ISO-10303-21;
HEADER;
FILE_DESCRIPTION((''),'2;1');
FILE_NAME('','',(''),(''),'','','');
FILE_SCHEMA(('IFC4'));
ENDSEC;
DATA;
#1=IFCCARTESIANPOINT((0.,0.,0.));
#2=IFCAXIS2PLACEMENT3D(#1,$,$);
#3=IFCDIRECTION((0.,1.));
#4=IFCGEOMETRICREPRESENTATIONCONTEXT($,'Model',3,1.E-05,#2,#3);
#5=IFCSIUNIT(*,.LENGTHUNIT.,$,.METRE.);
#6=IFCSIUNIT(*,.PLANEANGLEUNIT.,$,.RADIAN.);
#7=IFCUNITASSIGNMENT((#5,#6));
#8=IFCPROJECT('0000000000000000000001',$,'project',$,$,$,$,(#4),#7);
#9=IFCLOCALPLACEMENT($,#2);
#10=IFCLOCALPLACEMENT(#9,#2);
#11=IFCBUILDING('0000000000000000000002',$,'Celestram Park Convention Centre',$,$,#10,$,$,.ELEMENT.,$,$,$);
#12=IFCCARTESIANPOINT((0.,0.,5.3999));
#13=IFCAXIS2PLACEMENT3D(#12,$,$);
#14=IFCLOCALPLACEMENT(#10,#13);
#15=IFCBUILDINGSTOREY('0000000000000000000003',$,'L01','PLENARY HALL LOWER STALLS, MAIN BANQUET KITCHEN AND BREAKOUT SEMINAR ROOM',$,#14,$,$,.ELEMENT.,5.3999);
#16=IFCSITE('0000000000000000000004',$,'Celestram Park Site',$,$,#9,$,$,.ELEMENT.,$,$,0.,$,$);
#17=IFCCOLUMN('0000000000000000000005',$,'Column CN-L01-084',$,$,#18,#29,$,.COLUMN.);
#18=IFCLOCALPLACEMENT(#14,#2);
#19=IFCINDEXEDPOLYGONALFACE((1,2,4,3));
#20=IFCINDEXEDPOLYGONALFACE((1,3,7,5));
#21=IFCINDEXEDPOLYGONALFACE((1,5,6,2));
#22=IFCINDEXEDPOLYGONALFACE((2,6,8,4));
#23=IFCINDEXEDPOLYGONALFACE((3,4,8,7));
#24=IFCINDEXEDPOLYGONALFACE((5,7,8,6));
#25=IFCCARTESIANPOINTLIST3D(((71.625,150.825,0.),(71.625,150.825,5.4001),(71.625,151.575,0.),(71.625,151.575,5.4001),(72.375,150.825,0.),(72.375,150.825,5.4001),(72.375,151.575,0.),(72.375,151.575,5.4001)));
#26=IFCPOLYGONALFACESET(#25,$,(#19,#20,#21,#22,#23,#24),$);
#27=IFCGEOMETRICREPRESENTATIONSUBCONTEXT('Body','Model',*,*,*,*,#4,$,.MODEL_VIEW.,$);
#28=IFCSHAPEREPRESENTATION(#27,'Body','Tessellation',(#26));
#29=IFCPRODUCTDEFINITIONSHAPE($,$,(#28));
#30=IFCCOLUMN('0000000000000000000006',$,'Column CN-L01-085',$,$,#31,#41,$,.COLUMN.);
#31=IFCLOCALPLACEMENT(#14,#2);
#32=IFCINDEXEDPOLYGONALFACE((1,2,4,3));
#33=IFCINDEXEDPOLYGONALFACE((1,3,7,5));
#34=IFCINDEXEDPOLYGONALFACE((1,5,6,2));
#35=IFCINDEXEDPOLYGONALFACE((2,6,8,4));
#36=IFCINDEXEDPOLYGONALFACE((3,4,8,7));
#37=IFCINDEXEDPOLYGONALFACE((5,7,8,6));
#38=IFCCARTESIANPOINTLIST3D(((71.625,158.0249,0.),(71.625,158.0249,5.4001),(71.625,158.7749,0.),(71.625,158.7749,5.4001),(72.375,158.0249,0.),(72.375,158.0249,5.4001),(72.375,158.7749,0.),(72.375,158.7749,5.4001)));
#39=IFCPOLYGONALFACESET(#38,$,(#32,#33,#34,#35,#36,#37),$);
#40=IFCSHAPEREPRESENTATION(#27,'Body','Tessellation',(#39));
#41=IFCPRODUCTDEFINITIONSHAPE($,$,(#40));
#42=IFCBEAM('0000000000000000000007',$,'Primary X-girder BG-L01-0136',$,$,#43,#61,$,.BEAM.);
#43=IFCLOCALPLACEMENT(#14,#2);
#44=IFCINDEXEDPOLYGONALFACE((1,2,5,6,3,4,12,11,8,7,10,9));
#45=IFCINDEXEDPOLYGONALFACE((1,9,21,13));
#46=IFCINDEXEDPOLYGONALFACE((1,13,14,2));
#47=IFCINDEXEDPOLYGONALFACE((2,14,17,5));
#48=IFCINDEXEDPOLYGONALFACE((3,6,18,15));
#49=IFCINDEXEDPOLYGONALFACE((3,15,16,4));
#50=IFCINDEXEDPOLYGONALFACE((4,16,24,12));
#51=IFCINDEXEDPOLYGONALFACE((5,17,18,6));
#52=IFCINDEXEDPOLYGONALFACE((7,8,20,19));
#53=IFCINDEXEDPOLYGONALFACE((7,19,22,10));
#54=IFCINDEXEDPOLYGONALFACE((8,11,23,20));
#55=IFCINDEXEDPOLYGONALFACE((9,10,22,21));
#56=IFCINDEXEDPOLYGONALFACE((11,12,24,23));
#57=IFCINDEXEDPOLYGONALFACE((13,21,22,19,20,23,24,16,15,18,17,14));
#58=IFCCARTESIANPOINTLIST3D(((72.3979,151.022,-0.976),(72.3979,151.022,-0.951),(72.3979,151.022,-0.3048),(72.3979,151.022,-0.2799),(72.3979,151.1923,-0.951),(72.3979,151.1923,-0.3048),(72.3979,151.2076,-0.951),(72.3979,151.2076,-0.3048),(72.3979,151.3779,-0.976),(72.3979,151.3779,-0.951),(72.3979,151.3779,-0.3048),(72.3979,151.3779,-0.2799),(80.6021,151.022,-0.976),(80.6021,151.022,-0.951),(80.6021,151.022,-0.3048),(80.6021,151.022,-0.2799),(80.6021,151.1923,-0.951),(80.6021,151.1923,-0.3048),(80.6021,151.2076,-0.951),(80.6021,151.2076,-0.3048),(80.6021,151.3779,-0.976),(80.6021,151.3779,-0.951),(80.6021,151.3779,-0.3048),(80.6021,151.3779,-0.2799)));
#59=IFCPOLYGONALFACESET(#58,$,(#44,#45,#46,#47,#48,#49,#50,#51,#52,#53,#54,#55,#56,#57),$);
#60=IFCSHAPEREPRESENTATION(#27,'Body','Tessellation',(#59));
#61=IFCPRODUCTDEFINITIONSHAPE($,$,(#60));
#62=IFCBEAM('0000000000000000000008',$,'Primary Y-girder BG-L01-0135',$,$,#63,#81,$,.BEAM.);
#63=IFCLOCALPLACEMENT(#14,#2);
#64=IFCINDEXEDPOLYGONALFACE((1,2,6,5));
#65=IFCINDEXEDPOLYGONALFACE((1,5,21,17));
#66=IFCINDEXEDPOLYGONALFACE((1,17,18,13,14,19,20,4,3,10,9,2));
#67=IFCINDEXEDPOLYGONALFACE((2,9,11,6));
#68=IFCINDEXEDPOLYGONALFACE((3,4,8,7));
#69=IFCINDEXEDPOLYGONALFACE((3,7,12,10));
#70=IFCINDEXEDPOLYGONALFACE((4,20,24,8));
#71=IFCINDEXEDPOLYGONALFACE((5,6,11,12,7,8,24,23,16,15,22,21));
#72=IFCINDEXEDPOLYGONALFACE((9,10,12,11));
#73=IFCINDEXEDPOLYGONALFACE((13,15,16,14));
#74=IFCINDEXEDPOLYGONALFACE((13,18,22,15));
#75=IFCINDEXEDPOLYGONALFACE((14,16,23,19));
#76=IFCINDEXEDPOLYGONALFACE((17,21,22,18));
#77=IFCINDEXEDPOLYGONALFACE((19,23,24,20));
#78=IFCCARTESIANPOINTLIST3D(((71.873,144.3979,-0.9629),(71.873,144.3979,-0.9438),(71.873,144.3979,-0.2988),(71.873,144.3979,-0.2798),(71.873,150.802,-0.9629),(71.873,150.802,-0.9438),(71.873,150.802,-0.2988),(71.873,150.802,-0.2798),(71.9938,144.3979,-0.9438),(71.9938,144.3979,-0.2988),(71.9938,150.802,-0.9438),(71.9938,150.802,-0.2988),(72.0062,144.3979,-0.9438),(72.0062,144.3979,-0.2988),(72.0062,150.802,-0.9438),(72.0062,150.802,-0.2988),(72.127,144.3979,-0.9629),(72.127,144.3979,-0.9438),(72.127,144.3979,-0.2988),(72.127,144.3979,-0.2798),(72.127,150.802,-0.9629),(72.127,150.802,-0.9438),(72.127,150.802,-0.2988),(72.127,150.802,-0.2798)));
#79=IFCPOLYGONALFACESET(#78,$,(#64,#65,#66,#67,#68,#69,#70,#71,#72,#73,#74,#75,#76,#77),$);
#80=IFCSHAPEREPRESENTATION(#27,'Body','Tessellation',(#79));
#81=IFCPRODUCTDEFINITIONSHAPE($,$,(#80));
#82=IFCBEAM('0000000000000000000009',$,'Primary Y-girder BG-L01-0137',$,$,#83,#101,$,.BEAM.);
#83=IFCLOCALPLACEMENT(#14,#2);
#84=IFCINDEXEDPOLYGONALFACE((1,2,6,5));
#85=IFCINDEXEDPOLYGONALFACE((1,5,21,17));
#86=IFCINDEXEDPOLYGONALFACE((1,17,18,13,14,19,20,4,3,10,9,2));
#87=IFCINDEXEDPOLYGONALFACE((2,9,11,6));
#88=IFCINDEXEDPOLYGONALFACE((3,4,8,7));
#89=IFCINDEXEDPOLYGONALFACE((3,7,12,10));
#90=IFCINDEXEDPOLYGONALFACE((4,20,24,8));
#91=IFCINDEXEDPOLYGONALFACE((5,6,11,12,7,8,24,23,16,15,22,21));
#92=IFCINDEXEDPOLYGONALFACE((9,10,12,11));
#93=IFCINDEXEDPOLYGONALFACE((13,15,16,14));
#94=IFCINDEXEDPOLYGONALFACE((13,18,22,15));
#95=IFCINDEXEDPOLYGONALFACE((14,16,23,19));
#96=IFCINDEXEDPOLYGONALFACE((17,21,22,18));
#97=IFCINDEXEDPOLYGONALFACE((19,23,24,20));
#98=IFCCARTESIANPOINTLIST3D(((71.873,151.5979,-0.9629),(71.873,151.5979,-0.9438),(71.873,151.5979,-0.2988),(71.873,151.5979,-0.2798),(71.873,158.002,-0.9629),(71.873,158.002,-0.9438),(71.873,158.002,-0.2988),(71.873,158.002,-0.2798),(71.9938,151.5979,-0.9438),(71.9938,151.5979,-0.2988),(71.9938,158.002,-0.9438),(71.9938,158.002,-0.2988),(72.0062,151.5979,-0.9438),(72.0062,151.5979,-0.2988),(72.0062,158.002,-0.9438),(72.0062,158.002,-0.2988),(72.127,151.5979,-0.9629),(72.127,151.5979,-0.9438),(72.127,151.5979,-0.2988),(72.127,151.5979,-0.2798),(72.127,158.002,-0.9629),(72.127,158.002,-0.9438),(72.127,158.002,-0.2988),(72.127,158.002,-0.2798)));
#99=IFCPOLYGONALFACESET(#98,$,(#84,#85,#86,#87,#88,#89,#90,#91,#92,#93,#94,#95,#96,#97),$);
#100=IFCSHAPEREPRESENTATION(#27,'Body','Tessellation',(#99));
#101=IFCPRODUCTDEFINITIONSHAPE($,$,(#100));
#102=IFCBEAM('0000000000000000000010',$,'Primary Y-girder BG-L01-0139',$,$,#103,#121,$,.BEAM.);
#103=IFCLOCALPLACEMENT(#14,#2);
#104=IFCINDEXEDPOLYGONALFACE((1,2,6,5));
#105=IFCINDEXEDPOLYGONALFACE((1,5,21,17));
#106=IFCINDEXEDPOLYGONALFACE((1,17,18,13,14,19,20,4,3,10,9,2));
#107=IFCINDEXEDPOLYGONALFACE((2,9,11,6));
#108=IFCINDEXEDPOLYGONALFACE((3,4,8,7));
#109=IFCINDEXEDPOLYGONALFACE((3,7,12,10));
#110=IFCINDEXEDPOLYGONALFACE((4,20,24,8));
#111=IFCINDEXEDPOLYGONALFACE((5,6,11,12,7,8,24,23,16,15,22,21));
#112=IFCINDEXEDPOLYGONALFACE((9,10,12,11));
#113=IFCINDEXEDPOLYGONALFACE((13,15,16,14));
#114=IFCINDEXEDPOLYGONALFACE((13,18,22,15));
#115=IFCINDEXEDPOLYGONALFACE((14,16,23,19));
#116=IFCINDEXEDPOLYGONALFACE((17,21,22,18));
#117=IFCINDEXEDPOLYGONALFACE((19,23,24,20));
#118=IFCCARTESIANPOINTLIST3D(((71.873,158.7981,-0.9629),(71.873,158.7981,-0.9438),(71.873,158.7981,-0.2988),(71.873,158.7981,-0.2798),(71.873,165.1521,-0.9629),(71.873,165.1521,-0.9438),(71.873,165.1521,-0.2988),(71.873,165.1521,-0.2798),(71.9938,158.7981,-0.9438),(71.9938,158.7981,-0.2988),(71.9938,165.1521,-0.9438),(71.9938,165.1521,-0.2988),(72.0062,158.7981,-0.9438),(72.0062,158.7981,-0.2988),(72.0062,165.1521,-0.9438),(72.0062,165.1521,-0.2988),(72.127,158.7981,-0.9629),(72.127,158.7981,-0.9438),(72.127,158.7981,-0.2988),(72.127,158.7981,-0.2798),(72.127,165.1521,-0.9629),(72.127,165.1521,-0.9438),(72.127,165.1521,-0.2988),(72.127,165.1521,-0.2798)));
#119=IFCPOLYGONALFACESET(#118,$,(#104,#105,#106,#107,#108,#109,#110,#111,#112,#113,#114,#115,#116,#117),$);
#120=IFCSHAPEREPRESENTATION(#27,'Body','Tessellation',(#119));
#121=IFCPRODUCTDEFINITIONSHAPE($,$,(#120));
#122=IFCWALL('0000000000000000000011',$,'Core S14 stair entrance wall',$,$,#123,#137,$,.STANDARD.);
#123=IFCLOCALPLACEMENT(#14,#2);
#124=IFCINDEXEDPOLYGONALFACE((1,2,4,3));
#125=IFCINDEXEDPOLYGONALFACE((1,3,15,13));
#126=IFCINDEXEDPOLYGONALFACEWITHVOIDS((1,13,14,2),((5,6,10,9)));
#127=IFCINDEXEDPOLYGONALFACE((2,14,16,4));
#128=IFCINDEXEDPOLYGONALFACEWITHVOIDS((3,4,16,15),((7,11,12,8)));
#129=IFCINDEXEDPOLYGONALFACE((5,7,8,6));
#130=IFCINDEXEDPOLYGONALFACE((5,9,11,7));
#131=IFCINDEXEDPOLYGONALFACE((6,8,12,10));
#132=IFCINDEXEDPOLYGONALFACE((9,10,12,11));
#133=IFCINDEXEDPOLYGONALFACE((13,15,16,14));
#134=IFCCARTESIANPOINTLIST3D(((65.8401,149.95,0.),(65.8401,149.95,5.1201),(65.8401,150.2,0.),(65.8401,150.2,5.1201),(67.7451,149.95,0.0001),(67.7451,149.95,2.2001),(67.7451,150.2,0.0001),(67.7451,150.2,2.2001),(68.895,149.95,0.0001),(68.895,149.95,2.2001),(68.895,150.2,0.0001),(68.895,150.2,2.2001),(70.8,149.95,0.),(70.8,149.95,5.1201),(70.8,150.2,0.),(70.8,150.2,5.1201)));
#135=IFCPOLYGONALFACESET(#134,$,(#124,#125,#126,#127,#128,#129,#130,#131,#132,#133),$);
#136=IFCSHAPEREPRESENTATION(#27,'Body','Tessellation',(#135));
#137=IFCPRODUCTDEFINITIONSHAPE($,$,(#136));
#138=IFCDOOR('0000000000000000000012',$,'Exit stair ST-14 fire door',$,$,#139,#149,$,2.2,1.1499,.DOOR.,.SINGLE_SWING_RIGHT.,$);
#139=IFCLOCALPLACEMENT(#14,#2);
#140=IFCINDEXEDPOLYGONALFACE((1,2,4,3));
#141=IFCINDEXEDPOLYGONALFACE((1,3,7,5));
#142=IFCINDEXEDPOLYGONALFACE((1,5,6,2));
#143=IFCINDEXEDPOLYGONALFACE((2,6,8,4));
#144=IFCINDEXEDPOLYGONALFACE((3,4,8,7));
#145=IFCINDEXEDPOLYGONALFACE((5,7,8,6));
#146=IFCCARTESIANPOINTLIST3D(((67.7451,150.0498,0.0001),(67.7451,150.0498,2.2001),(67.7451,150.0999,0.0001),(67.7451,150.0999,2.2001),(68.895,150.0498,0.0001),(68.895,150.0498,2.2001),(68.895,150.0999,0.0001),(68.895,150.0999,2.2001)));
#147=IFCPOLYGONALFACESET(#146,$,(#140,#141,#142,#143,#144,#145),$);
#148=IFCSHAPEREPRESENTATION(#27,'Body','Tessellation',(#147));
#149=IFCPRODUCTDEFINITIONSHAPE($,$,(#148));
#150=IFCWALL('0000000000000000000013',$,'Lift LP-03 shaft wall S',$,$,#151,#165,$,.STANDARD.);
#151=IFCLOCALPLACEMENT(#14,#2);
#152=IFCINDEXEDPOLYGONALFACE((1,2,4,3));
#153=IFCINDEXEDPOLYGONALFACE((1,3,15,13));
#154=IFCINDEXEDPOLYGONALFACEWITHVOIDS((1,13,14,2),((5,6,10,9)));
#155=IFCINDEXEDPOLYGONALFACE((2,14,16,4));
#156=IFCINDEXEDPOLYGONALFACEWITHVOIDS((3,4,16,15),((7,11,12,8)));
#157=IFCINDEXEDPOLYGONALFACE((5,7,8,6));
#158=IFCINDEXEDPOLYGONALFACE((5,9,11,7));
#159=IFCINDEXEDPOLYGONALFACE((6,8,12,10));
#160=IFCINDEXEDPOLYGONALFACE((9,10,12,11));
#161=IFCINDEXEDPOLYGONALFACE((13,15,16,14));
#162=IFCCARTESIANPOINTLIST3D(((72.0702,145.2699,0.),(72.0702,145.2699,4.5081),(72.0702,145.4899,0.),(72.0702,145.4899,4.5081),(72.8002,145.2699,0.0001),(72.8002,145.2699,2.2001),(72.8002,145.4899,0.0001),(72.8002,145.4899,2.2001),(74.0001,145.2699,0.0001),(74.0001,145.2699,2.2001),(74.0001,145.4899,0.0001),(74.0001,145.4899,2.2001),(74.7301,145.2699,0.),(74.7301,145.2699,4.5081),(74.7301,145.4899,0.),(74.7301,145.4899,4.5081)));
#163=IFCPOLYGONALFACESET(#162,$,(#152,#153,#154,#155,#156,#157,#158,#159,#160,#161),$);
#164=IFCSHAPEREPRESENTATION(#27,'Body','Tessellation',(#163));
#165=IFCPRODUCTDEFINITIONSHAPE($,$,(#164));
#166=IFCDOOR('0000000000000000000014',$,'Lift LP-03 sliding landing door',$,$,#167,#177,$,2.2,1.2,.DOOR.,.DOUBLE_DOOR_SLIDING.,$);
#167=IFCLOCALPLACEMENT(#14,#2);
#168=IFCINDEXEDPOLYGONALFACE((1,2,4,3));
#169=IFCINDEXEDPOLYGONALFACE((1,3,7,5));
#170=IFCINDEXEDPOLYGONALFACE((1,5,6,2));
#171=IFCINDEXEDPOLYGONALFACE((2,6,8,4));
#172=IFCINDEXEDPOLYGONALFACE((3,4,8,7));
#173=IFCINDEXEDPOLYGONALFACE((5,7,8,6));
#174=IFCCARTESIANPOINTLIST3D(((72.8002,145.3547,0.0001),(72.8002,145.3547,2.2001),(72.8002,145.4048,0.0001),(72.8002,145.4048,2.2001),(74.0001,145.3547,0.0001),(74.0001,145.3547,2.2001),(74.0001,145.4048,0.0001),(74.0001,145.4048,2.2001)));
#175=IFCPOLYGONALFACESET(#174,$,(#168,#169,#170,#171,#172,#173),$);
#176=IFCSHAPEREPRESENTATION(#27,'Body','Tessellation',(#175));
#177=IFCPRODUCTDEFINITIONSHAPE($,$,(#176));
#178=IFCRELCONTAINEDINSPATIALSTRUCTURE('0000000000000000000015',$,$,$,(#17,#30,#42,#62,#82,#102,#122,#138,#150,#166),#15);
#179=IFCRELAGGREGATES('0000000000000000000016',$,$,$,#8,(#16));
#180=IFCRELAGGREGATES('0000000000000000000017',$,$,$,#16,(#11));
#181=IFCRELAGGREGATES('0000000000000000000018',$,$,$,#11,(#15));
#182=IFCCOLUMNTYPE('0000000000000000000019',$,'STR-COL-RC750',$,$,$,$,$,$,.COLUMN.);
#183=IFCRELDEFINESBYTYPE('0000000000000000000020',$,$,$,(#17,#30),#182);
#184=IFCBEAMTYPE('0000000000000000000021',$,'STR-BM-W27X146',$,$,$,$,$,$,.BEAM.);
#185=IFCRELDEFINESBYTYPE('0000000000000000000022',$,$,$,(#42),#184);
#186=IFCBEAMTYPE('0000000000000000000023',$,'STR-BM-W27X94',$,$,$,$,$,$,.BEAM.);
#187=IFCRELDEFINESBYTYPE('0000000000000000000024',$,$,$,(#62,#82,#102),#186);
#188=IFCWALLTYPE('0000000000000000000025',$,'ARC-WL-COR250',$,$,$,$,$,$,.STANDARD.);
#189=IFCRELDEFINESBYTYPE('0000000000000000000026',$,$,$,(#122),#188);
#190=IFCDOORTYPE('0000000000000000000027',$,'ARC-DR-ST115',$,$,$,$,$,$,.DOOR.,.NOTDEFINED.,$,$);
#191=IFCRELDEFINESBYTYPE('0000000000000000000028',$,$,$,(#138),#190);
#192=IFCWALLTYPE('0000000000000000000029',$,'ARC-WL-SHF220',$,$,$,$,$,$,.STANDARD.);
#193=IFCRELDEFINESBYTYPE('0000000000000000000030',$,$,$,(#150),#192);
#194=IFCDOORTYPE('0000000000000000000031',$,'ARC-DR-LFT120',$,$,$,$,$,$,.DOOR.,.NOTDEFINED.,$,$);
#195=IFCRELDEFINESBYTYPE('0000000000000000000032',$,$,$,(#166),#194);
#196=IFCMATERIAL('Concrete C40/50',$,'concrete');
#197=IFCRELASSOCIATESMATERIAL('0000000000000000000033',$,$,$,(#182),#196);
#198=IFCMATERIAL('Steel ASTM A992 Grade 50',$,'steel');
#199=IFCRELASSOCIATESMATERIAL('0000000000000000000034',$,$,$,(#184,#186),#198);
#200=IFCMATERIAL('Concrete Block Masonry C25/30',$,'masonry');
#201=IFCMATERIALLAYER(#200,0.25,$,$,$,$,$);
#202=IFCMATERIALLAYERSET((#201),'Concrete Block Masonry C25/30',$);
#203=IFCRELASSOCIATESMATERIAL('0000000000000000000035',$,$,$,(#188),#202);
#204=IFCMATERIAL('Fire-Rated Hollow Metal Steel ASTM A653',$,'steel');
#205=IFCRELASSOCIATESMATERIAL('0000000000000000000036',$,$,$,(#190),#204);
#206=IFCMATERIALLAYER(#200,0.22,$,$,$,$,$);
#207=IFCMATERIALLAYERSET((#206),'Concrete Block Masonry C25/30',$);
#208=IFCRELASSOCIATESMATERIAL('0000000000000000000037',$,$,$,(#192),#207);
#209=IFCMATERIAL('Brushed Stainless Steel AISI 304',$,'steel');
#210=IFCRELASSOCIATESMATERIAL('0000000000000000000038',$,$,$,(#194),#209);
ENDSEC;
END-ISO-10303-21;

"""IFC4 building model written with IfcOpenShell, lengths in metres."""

from ifc_helpers import new_model, si_unit, direction, frame, frame_2d, origin, origin_2d, place, context, subcontext, project, spatial, rectangle, i_section, extrude, material, layer, layer_set, material_profile, profile_set, type_object, element, fill, save


model = new_model("IFC4")

# Units and contexts
model_context = context("Model", 3, precision=1e-05, world=origin(), true_north=direction((0.0, 1.0)))
body_context = subcontext(model_context, "Body", "Model", "MODEL_VIEW")
ifc_project = project(units=[si_unit("LENGTHUNIT", "METRE"), si_unit("PLANEANGLEUNIT", "RADIAN")], contexts=[model_context])

# Site, building, storey
site_placement = place(None, origin())
site = spatial("IfcSite", under=ifc_project, at=site_placement, Name="Celestram Park Site", CompositionType="ELEMENT", RefElevation=0.0)
building_placement = place(site_placement, origin())
building = spatial("IfcBuilding", under=site, at=building_placement, Name="Celestram Park Convention Centre", CompositionType="ELEMENT")
storey_placement = place(building_placement, frame((0.0, 0.0, 5.3999)))
storey = spatial("IfcBuildingStorey", under=building, at=storey_placement, Name="L01", Description="PLENARY HALL LOWER STALLS, MAIN BANQUET KITCHEN AND BREAKOUT SEMINAR ROOM", CompositionType="ELEMENT", Elevation=5.3999)

# Columns
ifc_material_1 = material(Name="Concrete C40/50", Category="concrete")
ifc_material_profile_1 = material_profile(ifc_material_1, rectangle(XDim=0.75, YDim=0.75, at=origin_2d()), Name="RC750X750")
ifc_profile_set_1 = profile_set([ifc_material_profile_1], Name="Concrete C40/50")
column_type = type_object("IfcColumnType", Name="STR-COL-RC750", PredefinedType="COLUMN", material=ifc_profile_set_1)
for number, where, z_axis, x_axis, name in (
    (1, (72.0, 151.2, 0.0), (0.0, 0.0, 1.0), (1.0, 0.0, 0.0), "Column CN-L01-084"),
    (2, (72.0, 158.3999, 0.0), (0.0, 0.0, 1.0), (1.0, 0.0, 0.0), "Column CN-L01-085"),
):
    element("IfcColumn", number, at=place(storey_placement, frame(where, z_axis=z_axis, x_axis=x_axis)), inside=storey, type_object=column_type, Name=name, PredefinedType="COLUMN", context=body_context, shape_type="SweptSolid", body=[
        extrude(rectangle(XDim=0.75, YDim=0.75, at=origin_2d()), origin(), (0.0, 0.0, 1.0), 5.4001),
    ])

# Beams
ifc_material_2 = material(Name="Steel ASTM A992 Grade 50", Category="steel")
ifc_material_profile_2 = material_profile(ifc_material_2, i_section(OverallWidth=0.356, OverallDepth=0.696, WebThickness=0.0154, FlangeThickness=0.0249, at=origin_2d()), Name="W27X146")
ifc_profile_set_2 = profile_set([ifc_material_profile_2], Name="Steel ASTM A992 Grade 50")
beam_type_1 = type_object("IfcBeamType", Name="STR-BM-W27X146", PredefinedType="BEAM", material=ifc_profile_set_2)
beam_1_placement = place(storey_placement, frame((72.3979, 151.2, -0.6279), z_axis=(1.0, 0.0, 0.0), x_axis=(0.0, 1.0, 0.0)))
element("IfcBeam", 3, at=beam_1_placement, inside=storey, type_object=beam_type_1, Name="Primary X-girder BG-L01-0136", PredefinedType="BEAM", context=body_context, shape_type="SweptSolid", body=[
    extrude(i_section(OverallWidth=0.356, OverallDepth=0.696, WebThickness=0.0154, FlangeThickness=0.0249, at=origin_2d()), origin(), (0.0, 0.0, 1.0), 8.2041),
])
ifc_material_profile_3 = material_profile(ifc_material_2, i_section(OverallWidth=0.2539, OverallDepth=0.6831, WebThickness=0.0125, FlangeThickness=0.019, at=origin_2d()), Name="W27X94")
ifc_profile_set_3 = profile_set([ifc_material_profile_3], Name="Steel ASTM A992 Grade 50")
beam_type_2 = type_object("IfcBeamType", Name="STR-BM-W27X94", PredefinedType="BEAM", material=ifc_profile_set_3)
for number, where, z_axis, x_axis, name in (
    (4, (72.0, 144.3979, -0.6213), (0.0, 1.0, 0.0), (-1.0, 0.0, 0.0), "Primary Y-girder BG-L01-0135"),
    (5, (72.0, 151.5979, -0.6213), (0.0, 1.0, 0.0), (-1.0, 0.0, 0.0), "Primary Y-girder BG-L01-0137"),
):
    element("IfcBeam", number, at=place(storey_placement, frame(where, z_axis=z_axis, x_axis=x_axis)), inside=storey, type_object=beam_type_2, Name=name, PredefinedType="BEAM", context=body_context, shape_type="SweptSolid", body=[
        extrude(i_section(OverallWidth=0.2539, OverallDepth=0.6831, WebThickness=0.0125, FlangeThickness=0.019, at=origin_2d()), origin(), (0.0, 0.0, 1.0), 6.4041),
    ])
beam_2_placement = place(storey_placement, frame((72.0, 158.7981, -0.6213), z_axis=(0.0, 1.0, 0.0), x_axis=(-1.0, 0.0, 0.0)))
element("IfcBeam", 6, at=beam_2_placement, inside=storey, type_object=beam_type_2, Name="Primary Y-girder BG-L01-0139", PredefinedType="BEAM", context=body_context, shape_type="SweptSolid", body=[
    extrude(i_section(OverallWidth=0.2539, OverallDepth=0.6831, WebThickness=0.0125, FlangeThickness=0.019, at=origin_2d()), origin(), (0.0, 0.0, 1.0), 6.354),
])

# Walls, openings, doors
ifc_material_3 = material(Name="Concrete Block Masonry C25/30", Category="masonry")
ifc_layer_1 = layer(ifc_material_3, 0.25)
ifc_layer_set_1 = layer_set([ifc_layer_1], Name="Concrete Block Masonry C25/30")
wall_type_1 = type_object("IfcWallType", Name="ARC-WL-COR250", PredefinedType="STANDARD", material=ifc_layer_set_1)
wall_1_placement = place(storey_placement, frame((65.8401, 150.075, 0.0), z_axis=(0.0, 0.0, 1.0), x_axis=(1.0, 0.0, 0.0)))
wall_1 = element("IfcWall", 7, at=wall_1_placement, inside=storey, type_object=wall_type_1, Name="Core S14 stair entrance wall", PredefinedType="STANDARD", context=body_context, shape_type="SweptSolid", body=[
    extrude(rectangle(XDim=4.96, YDim=0.25, at=frame_2d((2.48, 0.0))), origin(), (0.0, 0.0, 1.0), 5.1201),
])
opening_1_placement = place(wall_1_placement, frame((1.905, 0.0, 0.0)))
opening_1 = element("IfcOpeningElement", 8, at=opening_1_placement, cuts=wall_1, PredefinedType="OPENING", context=body_context, shape_type="SweptSolid", body=[
    extrude(rectangle(XDim=1.1499, YDim=2.2, at=frame_2d((0.575, 1.1001))), frame((0.0, 0.135, 0.0), z_axis=(0.0, -1.0, 0.0), x_axis=(1.0, 0.0, 0.0)), (0.0, 0.0, 1.0), 0.27),
])
ifc_material_4 = material(Name="Fire-Rated Hollow Metal Steel ASTM A653", Category="steel")
door_type_1 = type_object("IfcDoorType", Name="ARC-DR-ST115", OperationType="NOTDEFINED", PredefinedType="DOOR", material=ifc_material_4)
door_1_placement = place(opening_1_placement, origin())
door_1 = element("IfcDoor", 9, at=door_1_placement, inside=storey, type_object=door_type_1, Name="Exit stair ST-14 fire door", OperationType="SINGLE_SWING_RIGHT", OverallHeight=2.2, OverallWidth=1.1499, PredefinedType="DOOR", context=body_context, shape_type="SweptSolid", body=[
    extrude(rectangle(XDim=1.1499, YDim=2.2, at=frame_2d((0.575, 1.1001))), frame((0.0, 0.0249, 0.0), z_axis=(0.0, -1.0, 0.0), x_axis=(1.0, 0.0, 0.0)), (0.0, 0.0, 1.0), 0.05),
])
fill(opening_1, door_1)
ifc_layer_2 = layer(ifc_material_3, 0.22)
ifc_layer_set_2 = layer_set([ifc_layer_2], Name="Concrete Block Masonry C25/30")
wall_type_2 = type_object("IfcWallType", Name="ARC-WL-SHF220", PredefinedType="STANDARD", material=ifc_layer_set_2)
wall_2_placement = place(storey_placement, frame((72.0701, 145.3799, 0.0), z_axis=(0.0, 0.0, 1.0), x_axis=(1.0, 0.0, 0.0)))
wall_2 = element("IfcWall", 10, at=wall_2_placement, inside=storey, type_object=wall_type_2, Name="Lift LP-03 shaft wall S", PredefinedType="STANDARD", context=body_context, shape_type="SweptSolid", body=[
    extrude(rectangle(XDim=2.6599, YDim=0.22, at=frame_2d((1.3301, 0.0))), origin(), (0.0, 0.0, 1.0), 4.5081),
])
opening_2_placement = place(wall_2_placement, frame((0.73, 0.0, 0.0)))
opening_2 = element("IfcOpeningElement", 11, at=opening_2_placement, cuts=wall_2, PredefinedType="OPENING", context=body_context, shape_type="SweptSolid", body=[
    extrude(rectangle(XDim=1.2, YDim=2.2, at=frame_2d((0.6001, 1.1001))), frame((0.0, 0.1199, 0.0), z_axis=(0.0, -1.0, 0.0), x_axis=(1.0, 0.0, 0.0)), (0.0, 0.0, 1.0), 0.24),
])
ifc_material_5 = material(Name="Brushed Stainless Steel AISI 304", Category="steel")
door_type_2 = type_object("IfcDoorType", Name="ARC-DR-LFT120", OperationType="NOTDEFINED", PredefinedType="DOOR", material=ifc_material_5)
door_2_placement = place(opening_2_placement, origin())
door_2 = element("IfcDoor", 12, at=door_2_placement, inside=storey, type_object=door_type_2, Name="Lift LP-03 sliding landing door", OperationType="DOUBLE_DOOR_SLIDING", OverallHeight=2.2, OverallWidth=1.2, PredefinedType="DOOR", context=body_context, shape_type="SweptSolid", body=[
    extrude(rectangle(XDim=1.2, YDim=2.2, at=frame_2d((0.6001, 1.1001))), frame((0.0, 0.0249, 0.0), z_axis=(0.0, -1.0, 0.0), x_axis=(1.0, 0.0, 0.0)), (0.0, 0.0, 1.0), 0.05),
])
fill(opening_2, door_2)

save(model, "model.ifc")
